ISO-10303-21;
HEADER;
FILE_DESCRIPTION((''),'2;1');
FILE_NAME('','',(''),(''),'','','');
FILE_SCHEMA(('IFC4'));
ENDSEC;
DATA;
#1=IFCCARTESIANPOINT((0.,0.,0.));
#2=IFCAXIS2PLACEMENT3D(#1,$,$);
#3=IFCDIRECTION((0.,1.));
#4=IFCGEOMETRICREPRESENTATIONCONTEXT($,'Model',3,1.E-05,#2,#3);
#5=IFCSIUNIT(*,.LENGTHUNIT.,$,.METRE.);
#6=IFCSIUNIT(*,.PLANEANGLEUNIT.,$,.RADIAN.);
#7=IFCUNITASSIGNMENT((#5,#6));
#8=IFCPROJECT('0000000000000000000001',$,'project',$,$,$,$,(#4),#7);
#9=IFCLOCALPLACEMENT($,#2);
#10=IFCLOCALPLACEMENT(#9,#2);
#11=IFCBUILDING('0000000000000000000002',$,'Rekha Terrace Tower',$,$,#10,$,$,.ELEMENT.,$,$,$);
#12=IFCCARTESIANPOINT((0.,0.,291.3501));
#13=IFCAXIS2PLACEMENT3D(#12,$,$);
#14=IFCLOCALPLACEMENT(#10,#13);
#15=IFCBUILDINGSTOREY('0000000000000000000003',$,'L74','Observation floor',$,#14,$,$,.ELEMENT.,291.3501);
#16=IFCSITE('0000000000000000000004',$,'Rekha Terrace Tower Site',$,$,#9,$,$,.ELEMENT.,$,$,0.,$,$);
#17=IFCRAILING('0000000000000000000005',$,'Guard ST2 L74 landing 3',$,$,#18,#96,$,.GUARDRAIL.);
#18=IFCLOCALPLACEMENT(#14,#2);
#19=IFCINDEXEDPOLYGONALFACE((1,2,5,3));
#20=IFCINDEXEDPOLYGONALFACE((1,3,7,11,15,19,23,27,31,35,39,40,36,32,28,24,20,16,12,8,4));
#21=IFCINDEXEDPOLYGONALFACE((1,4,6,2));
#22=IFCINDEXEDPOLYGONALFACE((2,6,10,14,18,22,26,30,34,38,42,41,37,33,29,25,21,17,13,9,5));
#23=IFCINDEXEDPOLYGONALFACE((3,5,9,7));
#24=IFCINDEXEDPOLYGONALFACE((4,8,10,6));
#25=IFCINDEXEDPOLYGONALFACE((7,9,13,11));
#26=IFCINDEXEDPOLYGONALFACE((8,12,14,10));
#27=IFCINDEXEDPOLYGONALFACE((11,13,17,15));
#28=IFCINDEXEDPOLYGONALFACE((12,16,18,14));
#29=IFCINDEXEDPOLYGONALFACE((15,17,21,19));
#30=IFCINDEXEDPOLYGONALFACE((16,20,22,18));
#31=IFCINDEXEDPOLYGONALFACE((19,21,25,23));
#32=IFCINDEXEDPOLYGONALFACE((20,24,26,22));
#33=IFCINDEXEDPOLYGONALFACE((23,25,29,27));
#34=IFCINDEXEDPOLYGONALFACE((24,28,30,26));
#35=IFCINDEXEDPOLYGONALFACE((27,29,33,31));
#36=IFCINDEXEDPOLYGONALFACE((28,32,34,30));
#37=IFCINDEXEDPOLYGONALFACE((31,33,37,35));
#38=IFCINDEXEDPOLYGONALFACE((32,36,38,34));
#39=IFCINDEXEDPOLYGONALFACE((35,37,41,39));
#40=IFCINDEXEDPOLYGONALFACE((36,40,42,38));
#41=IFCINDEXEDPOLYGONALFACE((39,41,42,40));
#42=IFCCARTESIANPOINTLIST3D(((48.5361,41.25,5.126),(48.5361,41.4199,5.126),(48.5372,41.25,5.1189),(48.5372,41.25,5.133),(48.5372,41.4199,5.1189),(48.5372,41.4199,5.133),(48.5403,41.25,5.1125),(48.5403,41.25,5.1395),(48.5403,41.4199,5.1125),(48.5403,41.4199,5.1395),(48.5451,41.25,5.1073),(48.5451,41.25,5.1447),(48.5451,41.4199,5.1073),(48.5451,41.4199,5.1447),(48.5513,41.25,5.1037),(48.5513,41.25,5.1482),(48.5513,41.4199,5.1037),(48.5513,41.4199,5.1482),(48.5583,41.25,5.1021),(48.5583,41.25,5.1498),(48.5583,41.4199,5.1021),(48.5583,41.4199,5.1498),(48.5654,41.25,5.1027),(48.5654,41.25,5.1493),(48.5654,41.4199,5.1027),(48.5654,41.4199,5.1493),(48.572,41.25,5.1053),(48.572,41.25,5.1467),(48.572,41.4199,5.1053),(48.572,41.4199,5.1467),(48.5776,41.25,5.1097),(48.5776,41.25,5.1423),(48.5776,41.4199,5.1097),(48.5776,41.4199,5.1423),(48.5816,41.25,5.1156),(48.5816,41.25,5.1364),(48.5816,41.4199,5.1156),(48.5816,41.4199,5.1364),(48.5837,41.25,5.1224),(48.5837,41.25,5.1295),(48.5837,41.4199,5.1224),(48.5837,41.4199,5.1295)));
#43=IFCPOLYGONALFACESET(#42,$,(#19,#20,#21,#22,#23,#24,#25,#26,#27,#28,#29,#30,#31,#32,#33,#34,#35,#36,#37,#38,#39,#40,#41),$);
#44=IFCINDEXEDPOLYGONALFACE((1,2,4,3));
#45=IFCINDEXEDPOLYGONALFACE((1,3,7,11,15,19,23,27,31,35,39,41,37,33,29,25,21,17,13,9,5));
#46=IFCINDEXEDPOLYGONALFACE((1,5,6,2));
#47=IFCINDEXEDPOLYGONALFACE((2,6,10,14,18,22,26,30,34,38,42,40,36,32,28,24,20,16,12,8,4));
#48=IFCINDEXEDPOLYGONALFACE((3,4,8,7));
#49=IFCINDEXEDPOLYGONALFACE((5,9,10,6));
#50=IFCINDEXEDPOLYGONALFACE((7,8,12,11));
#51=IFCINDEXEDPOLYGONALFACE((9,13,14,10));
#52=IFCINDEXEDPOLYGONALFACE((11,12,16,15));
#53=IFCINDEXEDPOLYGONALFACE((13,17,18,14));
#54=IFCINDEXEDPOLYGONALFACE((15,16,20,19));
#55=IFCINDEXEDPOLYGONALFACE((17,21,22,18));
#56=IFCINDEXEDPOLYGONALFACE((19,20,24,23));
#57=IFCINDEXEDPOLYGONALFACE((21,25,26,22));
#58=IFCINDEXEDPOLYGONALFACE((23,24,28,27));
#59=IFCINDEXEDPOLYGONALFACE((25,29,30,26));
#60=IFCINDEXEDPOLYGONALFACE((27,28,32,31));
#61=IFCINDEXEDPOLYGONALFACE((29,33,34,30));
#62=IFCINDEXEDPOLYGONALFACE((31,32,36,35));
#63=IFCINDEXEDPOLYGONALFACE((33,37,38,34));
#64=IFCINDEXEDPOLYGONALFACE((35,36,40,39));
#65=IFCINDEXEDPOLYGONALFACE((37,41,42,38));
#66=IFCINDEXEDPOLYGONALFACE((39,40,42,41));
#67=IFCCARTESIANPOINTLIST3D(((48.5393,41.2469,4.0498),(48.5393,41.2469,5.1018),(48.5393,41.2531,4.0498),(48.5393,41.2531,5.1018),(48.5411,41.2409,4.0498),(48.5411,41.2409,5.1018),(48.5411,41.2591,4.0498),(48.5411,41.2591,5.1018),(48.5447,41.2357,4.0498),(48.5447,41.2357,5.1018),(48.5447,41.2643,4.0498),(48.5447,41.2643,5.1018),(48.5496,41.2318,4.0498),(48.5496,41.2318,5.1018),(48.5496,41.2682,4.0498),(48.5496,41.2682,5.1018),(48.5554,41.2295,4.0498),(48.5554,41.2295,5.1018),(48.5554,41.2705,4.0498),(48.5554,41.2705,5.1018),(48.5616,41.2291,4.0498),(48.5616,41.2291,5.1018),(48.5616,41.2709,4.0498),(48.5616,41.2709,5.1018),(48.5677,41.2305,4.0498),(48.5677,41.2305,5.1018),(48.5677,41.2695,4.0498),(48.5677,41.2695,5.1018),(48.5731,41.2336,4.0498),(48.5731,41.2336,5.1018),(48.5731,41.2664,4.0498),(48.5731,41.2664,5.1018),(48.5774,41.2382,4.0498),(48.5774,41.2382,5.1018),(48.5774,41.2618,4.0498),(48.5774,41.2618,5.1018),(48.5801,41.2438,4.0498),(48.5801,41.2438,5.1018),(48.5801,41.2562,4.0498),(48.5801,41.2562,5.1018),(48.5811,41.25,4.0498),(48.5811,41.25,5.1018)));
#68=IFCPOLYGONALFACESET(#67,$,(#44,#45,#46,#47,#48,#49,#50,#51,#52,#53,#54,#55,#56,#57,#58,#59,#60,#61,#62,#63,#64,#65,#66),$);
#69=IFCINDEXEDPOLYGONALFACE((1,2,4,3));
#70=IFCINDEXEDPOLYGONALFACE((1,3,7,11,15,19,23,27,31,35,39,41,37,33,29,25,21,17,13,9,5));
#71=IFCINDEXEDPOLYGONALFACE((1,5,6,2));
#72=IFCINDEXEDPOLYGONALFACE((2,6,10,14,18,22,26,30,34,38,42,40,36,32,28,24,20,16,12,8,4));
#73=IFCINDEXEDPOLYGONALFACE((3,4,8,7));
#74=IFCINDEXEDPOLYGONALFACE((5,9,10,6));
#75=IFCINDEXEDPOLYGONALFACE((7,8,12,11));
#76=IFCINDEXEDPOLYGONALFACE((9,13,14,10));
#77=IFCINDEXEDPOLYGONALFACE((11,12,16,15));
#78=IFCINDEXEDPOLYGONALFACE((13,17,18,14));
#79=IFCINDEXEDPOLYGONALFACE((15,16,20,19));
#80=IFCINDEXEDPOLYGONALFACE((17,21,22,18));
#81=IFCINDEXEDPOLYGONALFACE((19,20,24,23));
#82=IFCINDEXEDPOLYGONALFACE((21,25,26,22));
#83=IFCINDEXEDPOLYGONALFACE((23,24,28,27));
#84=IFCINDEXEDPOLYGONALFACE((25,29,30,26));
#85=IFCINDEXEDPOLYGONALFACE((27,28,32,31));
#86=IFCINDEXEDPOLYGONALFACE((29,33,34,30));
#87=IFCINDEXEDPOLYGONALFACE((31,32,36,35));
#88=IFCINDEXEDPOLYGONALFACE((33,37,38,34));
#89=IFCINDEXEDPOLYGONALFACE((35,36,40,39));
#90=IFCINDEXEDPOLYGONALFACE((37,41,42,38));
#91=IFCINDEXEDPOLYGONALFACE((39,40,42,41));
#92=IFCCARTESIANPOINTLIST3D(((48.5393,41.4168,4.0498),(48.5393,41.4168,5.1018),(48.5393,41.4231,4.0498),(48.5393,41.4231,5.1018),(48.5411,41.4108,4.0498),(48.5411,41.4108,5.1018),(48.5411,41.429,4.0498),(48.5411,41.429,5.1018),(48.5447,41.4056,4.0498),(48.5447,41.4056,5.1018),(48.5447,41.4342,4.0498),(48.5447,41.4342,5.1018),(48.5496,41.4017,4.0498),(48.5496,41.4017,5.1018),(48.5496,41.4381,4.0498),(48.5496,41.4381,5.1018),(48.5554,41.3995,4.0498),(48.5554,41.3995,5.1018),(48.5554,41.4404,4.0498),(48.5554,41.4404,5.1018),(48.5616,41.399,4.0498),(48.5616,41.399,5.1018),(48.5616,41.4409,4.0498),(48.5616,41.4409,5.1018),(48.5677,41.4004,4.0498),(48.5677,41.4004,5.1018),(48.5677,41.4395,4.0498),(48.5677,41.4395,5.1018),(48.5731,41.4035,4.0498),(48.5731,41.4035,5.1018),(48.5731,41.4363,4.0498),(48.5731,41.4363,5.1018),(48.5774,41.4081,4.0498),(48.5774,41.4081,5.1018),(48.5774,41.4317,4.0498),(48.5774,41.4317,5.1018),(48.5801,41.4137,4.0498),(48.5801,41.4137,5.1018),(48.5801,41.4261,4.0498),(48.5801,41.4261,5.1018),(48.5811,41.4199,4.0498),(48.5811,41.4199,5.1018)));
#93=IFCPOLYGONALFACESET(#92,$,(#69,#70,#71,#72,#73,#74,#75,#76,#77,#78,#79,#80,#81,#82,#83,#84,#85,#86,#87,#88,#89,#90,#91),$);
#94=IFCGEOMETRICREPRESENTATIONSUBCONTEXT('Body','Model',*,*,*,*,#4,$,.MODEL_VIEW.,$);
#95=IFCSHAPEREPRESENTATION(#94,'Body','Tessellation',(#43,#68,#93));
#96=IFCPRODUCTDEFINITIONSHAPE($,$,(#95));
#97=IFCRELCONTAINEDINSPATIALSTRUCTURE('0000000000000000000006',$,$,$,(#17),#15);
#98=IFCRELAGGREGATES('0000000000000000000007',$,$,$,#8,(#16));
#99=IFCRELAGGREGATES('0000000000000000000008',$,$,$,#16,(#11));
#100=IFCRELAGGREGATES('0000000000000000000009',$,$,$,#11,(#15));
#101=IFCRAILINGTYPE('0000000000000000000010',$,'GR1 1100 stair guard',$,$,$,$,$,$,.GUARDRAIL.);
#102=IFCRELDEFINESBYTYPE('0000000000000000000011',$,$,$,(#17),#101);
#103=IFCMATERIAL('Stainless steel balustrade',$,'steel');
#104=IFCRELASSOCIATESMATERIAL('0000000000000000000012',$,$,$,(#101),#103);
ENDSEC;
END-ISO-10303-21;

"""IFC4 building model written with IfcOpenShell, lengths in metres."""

from ifc_helpers import new_model, si_unit, direction, frame, origin, origin_2d, place, context, subcontext, project, spatial, circle, extrude, material, type_object, element, save


model = new_model("IFC4")

# Units and contexts
model_context = context("Model", 3, precision=1e-05, world=origin(), true_north=direction((0.0, 1.0)))
body_context = subcontext(model_context, "Body", "Model", "MODEL_VIEW")
ifc_project = project(units=[si_unit("LENGTHUNIT", "METRE"), si_unit("PLANEANGLEUNIT", "RADIAN")], contexts=[model_context])

# Site, building, storey
site_placement = place(None, origin())
site = spatial("IfcSite", under=ifc_project, at=site_placement, Name="Rekha Terrace Tower Site", CompositionType="ELEMENT", RefElevation=0.0)
building_placement = place(site_placement, origin())
building = spatial("IfcBuilding", under=site, at=building_placement, Name="Rekha Terrace Tower", CompositionType="ELEMENT")
storey_placement = place(building_placement, frame((0.0, 0.0, 291.3501)))
storey = spatial("IfcBuildingStorey", under=building, at=storey_placement, Name="L74", Description="Observation floor", CompositionType="ELEMENT", Elevation=291.3501)

# Railing
ifc_material_1 = material(Name="Stainless steel balustrade", Category="steel")
railing_type_1 = type_object("IfcRailingType", Name="GR1 1100 stair guard", PredefinedType="GUARDRAIL", material=ifc_material_1)
railing_1_placement = place(storey_placement, frame((48.5601, 41.25, 4.0498)))
element("IfcRailing", 1, at=railing_1_placement, inside=storey, type_object=railing_type_1, Name="Guard ST2 L74 landing 3", PredefinedType="GUARDRAIL", context=body_context, shape_type="SweptSolid", body=[
    extrude(circle(Radius=0.0239, at=origin_2d()), frame((0.0, 0.0, 1.0762), z_axis=(0.0, 1.0, 0.0), x_axis=(-1.0, 0.0, 0.0)), (0.0, 0.0, 1.0), 0.1699),
    extrude(circle(Radius=0.021, at=origin_2d()), origin(), (0.0, 0.0, 1.0), 1.052),
    extrude(circle(Radius=0.021, at=origin_2d()), frame((0.0, 0.1699, 0.0)), (0.0, 0.0, 1.0), 1.052),
])

save(model, "model.ifc")
